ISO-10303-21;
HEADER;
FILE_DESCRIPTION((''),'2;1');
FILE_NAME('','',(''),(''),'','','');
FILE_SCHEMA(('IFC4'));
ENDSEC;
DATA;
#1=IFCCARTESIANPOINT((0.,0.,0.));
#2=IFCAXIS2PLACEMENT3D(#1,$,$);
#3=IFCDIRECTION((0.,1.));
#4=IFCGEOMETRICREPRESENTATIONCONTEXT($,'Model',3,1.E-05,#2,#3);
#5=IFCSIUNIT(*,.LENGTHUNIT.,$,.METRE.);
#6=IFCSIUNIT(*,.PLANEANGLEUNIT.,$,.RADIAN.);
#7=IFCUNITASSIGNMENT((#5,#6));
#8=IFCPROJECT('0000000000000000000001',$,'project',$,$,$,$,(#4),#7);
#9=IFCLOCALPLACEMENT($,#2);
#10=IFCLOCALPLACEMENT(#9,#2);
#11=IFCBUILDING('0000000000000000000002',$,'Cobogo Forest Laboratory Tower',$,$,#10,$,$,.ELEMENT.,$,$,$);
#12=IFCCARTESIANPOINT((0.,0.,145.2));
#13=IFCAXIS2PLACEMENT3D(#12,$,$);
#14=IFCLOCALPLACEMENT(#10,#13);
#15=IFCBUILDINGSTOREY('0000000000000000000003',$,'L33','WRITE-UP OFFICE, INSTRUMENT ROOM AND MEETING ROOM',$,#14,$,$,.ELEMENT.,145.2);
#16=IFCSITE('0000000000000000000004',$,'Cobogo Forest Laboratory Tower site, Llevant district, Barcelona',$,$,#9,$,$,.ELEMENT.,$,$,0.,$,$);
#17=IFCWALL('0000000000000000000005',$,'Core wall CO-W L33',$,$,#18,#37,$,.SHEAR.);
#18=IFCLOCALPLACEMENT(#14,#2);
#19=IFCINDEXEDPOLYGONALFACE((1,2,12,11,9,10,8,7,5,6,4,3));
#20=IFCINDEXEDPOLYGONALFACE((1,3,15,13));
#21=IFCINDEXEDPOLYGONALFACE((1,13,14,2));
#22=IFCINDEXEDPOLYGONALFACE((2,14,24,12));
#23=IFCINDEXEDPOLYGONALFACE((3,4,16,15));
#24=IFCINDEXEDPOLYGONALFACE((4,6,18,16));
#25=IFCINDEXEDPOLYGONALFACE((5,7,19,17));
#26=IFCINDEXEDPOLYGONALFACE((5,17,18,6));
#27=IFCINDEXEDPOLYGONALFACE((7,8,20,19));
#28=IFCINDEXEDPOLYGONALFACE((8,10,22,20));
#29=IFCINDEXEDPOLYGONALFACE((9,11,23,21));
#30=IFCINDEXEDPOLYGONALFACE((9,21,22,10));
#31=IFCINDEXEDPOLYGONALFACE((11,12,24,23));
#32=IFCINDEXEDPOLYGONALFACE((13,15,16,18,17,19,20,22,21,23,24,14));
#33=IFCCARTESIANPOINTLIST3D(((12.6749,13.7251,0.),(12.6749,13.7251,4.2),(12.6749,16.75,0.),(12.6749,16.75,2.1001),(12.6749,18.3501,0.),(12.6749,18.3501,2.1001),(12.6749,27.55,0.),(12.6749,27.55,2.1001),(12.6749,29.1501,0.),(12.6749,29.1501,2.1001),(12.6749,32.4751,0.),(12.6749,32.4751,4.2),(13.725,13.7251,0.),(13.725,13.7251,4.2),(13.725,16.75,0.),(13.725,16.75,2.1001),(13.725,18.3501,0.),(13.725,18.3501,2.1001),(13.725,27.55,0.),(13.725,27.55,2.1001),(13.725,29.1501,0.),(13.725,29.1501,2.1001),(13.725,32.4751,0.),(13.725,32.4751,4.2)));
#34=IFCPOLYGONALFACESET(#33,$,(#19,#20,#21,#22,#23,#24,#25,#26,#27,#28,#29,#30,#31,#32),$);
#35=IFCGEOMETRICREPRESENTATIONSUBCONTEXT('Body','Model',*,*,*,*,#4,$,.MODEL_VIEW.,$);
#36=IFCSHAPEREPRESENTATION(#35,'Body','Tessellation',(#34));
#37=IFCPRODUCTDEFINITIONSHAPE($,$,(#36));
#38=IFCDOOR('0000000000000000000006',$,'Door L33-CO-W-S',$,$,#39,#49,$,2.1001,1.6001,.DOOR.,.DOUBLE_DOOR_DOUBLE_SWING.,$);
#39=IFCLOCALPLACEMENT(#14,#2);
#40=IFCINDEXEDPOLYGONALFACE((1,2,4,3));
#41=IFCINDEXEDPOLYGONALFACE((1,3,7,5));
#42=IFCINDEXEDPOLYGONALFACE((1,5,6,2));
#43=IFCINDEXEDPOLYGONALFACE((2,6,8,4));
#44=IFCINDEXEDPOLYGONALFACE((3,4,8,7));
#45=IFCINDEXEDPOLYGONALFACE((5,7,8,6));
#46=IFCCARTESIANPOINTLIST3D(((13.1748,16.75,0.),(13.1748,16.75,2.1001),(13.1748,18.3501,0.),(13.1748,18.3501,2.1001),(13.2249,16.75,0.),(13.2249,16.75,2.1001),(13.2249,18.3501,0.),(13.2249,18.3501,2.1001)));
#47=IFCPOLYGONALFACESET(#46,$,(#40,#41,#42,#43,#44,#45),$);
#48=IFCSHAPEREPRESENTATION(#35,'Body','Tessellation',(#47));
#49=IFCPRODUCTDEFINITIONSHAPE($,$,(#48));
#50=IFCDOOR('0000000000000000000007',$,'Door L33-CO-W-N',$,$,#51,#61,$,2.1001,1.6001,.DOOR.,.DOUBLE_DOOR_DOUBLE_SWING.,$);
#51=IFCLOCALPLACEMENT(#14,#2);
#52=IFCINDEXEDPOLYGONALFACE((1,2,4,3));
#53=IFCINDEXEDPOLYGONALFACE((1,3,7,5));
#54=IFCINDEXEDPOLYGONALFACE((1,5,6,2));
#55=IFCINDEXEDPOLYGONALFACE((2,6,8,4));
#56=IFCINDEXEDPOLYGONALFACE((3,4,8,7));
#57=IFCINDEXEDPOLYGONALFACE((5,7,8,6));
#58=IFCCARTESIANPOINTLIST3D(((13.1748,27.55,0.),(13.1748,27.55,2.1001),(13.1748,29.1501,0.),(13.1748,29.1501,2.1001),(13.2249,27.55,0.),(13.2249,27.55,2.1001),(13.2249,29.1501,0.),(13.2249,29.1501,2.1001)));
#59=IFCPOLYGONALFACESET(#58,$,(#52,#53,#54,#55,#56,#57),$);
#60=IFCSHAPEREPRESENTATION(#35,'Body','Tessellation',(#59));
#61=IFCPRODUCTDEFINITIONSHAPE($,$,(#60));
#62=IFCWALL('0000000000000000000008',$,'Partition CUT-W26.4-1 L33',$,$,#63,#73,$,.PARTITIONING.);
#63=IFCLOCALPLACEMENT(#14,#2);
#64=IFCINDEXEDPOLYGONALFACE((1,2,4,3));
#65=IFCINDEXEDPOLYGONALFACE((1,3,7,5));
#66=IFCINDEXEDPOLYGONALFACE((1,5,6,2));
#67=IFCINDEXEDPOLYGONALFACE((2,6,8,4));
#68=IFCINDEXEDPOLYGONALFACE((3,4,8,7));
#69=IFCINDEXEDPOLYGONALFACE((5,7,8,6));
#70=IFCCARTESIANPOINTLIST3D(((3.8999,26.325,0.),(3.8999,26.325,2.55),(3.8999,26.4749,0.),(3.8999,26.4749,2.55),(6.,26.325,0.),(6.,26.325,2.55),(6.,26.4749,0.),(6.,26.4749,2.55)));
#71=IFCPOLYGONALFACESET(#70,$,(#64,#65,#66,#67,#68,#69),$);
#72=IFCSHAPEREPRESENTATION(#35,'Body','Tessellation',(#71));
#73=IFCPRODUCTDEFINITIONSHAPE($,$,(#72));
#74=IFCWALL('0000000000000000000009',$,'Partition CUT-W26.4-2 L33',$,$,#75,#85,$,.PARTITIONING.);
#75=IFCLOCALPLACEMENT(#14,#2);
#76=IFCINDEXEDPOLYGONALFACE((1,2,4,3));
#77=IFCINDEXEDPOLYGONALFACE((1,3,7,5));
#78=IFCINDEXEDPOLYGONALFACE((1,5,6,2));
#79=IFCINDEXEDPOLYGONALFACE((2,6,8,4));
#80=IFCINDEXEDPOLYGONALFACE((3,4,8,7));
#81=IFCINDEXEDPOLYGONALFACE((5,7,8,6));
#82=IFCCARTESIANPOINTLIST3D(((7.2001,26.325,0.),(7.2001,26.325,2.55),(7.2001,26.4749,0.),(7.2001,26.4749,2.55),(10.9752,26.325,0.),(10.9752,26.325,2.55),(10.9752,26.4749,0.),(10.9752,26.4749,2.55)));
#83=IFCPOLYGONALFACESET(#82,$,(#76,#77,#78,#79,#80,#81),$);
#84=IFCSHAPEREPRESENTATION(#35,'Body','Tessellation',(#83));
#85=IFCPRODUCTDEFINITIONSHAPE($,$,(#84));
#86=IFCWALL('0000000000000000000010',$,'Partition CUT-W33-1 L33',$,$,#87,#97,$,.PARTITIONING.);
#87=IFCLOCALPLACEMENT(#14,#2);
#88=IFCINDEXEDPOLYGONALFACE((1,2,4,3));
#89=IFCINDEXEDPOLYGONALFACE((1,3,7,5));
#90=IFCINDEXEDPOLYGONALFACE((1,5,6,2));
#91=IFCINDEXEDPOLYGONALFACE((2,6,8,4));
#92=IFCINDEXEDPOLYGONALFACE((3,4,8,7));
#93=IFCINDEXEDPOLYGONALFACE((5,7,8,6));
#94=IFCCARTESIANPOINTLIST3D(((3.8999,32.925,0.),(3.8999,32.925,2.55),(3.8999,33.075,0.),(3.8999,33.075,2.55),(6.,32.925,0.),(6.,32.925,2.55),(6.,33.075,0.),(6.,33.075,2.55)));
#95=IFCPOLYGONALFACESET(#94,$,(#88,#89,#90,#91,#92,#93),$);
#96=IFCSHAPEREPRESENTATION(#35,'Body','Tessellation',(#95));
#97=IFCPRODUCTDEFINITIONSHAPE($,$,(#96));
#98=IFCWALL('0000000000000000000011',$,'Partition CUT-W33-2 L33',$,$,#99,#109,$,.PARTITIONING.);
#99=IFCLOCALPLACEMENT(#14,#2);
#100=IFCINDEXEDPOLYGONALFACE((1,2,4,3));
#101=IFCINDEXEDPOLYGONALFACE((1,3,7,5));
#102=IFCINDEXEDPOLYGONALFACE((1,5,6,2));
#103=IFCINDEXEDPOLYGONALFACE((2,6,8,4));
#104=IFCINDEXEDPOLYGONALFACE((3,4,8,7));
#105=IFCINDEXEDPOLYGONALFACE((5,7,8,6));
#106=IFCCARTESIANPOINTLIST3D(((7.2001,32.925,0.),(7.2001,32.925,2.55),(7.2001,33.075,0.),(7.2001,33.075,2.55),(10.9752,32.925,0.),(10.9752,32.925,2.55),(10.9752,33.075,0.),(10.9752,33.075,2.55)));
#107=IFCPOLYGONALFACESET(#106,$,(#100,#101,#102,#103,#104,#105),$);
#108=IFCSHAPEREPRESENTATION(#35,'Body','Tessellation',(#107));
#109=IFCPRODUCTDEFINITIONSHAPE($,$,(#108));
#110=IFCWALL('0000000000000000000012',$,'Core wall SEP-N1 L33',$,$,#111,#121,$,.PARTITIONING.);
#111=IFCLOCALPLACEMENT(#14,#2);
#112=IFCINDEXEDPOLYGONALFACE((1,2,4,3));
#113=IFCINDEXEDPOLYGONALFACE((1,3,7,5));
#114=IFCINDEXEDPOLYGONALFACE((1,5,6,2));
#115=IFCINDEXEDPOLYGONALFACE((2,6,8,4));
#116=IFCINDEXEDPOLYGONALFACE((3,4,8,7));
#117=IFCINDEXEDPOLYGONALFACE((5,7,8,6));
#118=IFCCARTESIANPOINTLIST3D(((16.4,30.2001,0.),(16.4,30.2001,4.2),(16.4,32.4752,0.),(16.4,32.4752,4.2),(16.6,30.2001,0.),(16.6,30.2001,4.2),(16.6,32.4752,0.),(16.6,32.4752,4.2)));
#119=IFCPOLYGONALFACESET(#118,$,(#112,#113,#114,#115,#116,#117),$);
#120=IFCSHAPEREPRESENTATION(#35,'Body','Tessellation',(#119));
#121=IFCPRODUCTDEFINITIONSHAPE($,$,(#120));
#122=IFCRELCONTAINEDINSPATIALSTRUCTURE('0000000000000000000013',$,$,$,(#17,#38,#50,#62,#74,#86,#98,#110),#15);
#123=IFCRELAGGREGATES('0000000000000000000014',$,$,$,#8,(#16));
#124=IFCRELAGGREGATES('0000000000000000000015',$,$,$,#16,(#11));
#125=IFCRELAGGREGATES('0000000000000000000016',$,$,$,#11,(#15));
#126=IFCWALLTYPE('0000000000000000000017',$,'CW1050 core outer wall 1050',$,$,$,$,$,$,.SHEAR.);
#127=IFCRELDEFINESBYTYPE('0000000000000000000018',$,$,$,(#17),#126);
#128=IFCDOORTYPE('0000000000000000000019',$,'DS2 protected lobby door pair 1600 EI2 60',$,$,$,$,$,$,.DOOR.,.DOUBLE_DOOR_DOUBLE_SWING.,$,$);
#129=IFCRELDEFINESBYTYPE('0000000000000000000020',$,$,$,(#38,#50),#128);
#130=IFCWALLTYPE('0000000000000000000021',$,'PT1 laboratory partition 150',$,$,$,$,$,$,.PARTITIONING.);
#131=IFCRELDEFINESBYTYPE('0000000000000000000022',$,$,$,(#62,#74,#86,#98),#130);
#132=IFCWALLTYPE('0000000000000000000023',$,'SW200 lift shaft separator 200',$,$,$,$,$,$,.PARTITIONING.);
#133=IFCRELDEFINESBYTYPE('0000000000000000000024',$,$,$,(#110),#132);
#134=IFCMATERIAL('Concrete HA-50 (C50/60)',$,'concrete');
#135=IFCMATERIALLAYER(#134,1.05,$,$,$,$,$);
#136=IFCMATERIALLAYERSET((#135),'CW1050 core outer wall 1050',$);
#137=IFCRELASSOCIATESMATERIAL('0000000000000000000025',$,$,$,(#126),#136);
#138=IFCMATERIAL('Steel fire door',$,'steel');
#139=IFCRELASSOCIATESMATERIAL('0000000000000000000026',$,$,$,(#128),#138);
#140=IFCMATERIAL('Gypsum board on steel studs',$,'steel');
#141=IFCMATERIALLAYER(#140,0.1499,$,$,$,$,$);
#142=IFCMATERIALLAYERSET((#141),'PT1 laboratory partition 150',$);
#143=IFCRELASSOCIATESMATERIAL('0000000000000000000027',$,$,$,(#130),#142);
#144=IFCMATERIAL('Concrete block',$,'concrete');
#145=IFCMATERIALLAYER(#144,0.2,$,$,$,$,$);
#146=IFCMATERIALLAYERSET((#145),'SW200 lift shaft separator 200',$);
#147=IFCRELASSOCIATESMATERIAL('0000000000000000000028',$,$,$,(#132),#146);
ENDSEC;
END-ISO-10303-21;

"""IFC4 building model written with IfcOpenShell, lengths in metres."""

from ifc_helpers import new_model, si_unit, direction, frame, frame_2d, origin, place, context, subcontext, project, spatial, rectangle, extrude, material, layer, layer_set, type_object, element, fill, save


model = new_model("IFC4")

# Units and contexts
model_context = context("Model", 3, precision=1e-05, world=origin(), true_north=direction((0.0, 1.0)))
body_context = subcontext(model_context, "Body", "Model", "MODEL_VIEW")
ifc_project = project(units=[si_unit("LENGTHUNIT", "METRE"), si_unit("PLANEANGLEUNIT", "RADIAN")], contexts=[model_context])

# Site, building, storey
site_placement = place(None, origin())
site = spatial("IfcSite", under=ifc_project, at=site_placement, Name="Cobogo Forest Laboratory Tower site, Llevant district, Barcelona", CompositionType="ELEMENT", RefElevation=0.0)
building_placement = place(site_placement, origin())
building = spatial("IfcBuilding", under=site, at=building_placement, Name="Cobogo Forest Laboratory Tower", CompositionType="ELEMENT")
storey_placement = place(building_placement, frame((0.0, 0.0, 145.2)))
storey = spatial("IfcBuildingStorey", under=building, at=storey_placement, Name="L33", Description="WRITE-UP OFFICE, INSTRUMENT ROOM AND MEETING ROOM", CompositionType="ELEMENT", Elevation=145.2)

# Shared definitions
ifc_material_1 = material(Name="Concrete HA-50 (C50/60)", Category="concrete")

# Shared definitions
ifc_material_2 = material(Name="Steel fire door", Category="steel")

# Wall, openings, doors
ifc_layer_1 = layer(ifc_material_1, 1.05)
ifc_layer_set_1 = layer_set([ifc_layer_1], Name="CW1050 core outer wall 1050")
wall_type_1 = type_object("IfcWallType", Name="CW1050 core outer wall 1050", PredefinedType="SHEAR", material=ifc_layer_set_1)
wall_1_placement = place(storey_placement, frame((13.2, 32.4751, 0.0), z_axis=(0.0, 0.0, 1.0), x_axis=(0.0, -1.0, 0.0)))
wall_1 = element("IfcWall", 1, at=wall_1_placement, inside=storey, type_object=wall_type_1, Name="Core wall CO-W L33", PredefinedType="SHEAR", context=body_context, shape_type="SweptSolid", body=[
    extrude(rectangle(XDim=18.75, YDim=1.05, at=frame_2d((9.375, 0.0))), origin(), (0.0, 0.0, 1.0), 4.2),
])
opening_1_placement = place(wall_1_placement, frame((14.125, 0.0, 0.0)))
opening_1 = element("IfcOpeningElement", 2, at=opening_1_placement, cuts=wall_1, PredefinedType="OPENING", context=body_context, shape_type="SweptSolid", body=[
    extrude(rectangle(XDim=1.6001, YDim=2.1001, at=frame_2d((0.8, 1.05))), frame((0.0, 0.5349, 0.0), z_axis=(0.0, -1.0, 0.0), x_axis=(1.0, 0.0, 0.0)), (0.0, 0.0, 1.0), 1.0701),
])
opening_2_placement = place(wall_1_placement, frame((3.325, 0.0, 0.0)))
opening_2 = element("IfcOpeningElement", 3, at=opening_2_placement, cuts=wall_1, PredefinedType="OPENING", context=body_context, shape_type="SweptSolid", body=[
    extrude(rectangle(XDim=1.6001, YDim=2.1001, at=frame_2d((0.8, 1.05))), frame((0.0, 0.5349, 0.0), z_axis=(0.0, -1.0, 0.0), x_axis=(1.0, 0.0, 0.0)), (0.0, 0.0, 1.0), 1.0701),
])
door_type_1 = type_object("IfcDoorType", Name="DS2 protected lobby door pair 1600 EI2 60", OperationType="DOUBLE_DOOR_DOUBLE_SWING", PredefinedType="DOOR", material=ifc_material_2)
door_1_placement = place(opening_1_placement, origin())
door_1 = element("IfcDoor", 4, at=door_1_placement, inside=storey, type_object=door_type_1, Name="Door L33-CO-W-S", OperationType="DOUBLE_DOOR_DOUBLE_SWING", OverallHeight=2.1001, OverallWidth=1.6001, PredefinedType="DOOR", context=body_context, shape_type="SweptSolid", body=[
    extrude(rectangle(XDim=1.6001, YDim=2.1001, at=frame_2d((0.8, 1.05))), frame((0.0, 0.0249, 0.0), z_axis=(0.0, -1.0, 0.0), x_axis=(1.0, 0.0, 0.0)), (0.0, 0.0, 1.0), 0.05),
])
fill(opening_1, door_1)
door_2_placement = place(opening_2_placement, origin())
door_2 = element("IfcDoor", 5, at=door_2_placement, inside=storey, type_object=door_type_1, Name="Door L33-CO-W-N", OperationType="DOUBLE_DOOR_DOUBLE_SWING", OverallHeight=2.1001, OverallWidth=1.6001, PredefinedType="DOOR", context=body_context, shape_type="SweptSolid", body=[
    extrude(rectangle(XDim=1.6001, YDim=2.1001, at=frame_2d((0.8, 1.05))), frame((0.0, 0.0249, 0.0), z_axis=(0.0, -1.0, 0.0), x_axis=(1.0, 0.0, 0.0)), (0.0, 0.0, 1.0), 0.05),
])
fill(opening_2, door_2)

# Walls
ifc_material_3 = material(Name="Gypsum board on steel studs", Category="steel")
ifc_layer_2 = layer(ifc_material_3, 0.1499)
ifc_layer_set_2 = layer_set([ifc_layer_2], Name="PT1 laboratory partition 150")
wall_type_2 = type_object("IfcWallType", Name="PT1 laboratory partition 150", PredefinedType="PARTITIONING", material=ifc_layer_set_2)
wall_2_placement = place(storey_placement, frame((3.8999, 26.3999, 0.0), z_axis=(0.0, 0.0, 1.0), x_axis=(1.0, 0.0, 0.0)))
element("IfcWall", 6, at=wall_2_placement, inside=storey, type_object=wall_type_2, Name="Partition CUT-W26.4-1 L33", PredefinedType="PARTITIONING", context=body_context, shape_type="SweptSolid", body=[
    extrude(rectangle(XDim=2.1001, YDim=0.1499, at=frame_2d((1.05, 0.0))), origin(), (0.0, 0.0, 1.0), 2.55),
])
wall_3_placement = place(storey_placement, frame((7.2, 26.3999, 0.0), z_axis=(0.0, 0.0, 1.0), x_axis=(1.0, 0.0, 0.0)))
element("IfcWall", 7, at=wall_3_placement, inside=storey, type_object=wall_type_2, Name="Partition CUT-W26.4-2 L33", PredefinedType="PARTITIONING", context=body_context, shape_type="SweptSolid", body=[
    extrude(rectangle(XDim=3.7751, YDim=0.1499, at=frame_2d((1.8877, 0.0))), origin(), (0.0, 0.0, 1.0), 2.55),
])
wall_4_placement = place(storey_placement, frame((3.8999, 33.0, 0.0), z_axis=(0.0, 0.0, 1.0), x_axis=(1.0, 0.0, 0.0)))
element("IfcWall", 8, at=wall_4_placement, inside=storey, type_object=wall_type_2, Name="Partition CUT-W33-1 L33", PredefinedType="PARTITIONING", context=body_context, shape_type="SweptSolid", body=[
    extrude(rectangle(XDim=2.1001, YDim=0.1499, at=frame_2d((1.05, 0.0))), origin(), (0.0, 0.0, 1.0), 2.55),
])
wall_5_placement = place(storey_placement, frame((7.2, 33.0, 0.0), z_axis=(0.0, 0.0, 1.0), x_axis=(1.0, 0.0, 0.0)))
element("IfcWall", 9, at=wall_5_placement, inside=storey, type_object=wall_type_2, Name="Partition CUT-W33-2 L33", PredefinedType="PARTITIONING", context=body_context, shape_type="SweptSolid", body=[
    extrude(rectangle(XDim=3.7751, YDim=0.1499, at=frame_2d((1.8877, 0.0))), origin(), (0.0, 0.0, 1.0), 2.55),
])
ifc_material_4 = material(Name="Concrete block", Category="concrete")
ifc_layer_3 = layer(ifc_material_4, 0.2)
ifc_layer_set_3 = layer_set([ifc_layer_3], Name="SW200 lift shaft separator 200")
wall_type_3 = type_object("IfcWallType", Name="SW200 lift shaft separator 200", PredefinedType="PARTITIONING", material=ifc_layer_set_3)
wall_6_placement = place(storey_placement, frame((16.5, 30.2, 0.0), z_axis=(0.0, 0.0, 1.0), x_axis=(0.0, 1.0, 0.0)))
element("IfcWall", 10, at=wall_6_placement, inside=storey, type_object=wall_type_3, Name="Core wall SEP-N1 L33", PredefinedType="PARTITIONING", context=body_context, shape_type="SweptSolid", body=[
    extrude(rectangle(XDim=2.2751, YDim=0.2, at=frame_2d((1.1377, 0.0))), origin(), (0.0, 0.0, 1.0), 4.2),
])

save(model, "model.ifc")
